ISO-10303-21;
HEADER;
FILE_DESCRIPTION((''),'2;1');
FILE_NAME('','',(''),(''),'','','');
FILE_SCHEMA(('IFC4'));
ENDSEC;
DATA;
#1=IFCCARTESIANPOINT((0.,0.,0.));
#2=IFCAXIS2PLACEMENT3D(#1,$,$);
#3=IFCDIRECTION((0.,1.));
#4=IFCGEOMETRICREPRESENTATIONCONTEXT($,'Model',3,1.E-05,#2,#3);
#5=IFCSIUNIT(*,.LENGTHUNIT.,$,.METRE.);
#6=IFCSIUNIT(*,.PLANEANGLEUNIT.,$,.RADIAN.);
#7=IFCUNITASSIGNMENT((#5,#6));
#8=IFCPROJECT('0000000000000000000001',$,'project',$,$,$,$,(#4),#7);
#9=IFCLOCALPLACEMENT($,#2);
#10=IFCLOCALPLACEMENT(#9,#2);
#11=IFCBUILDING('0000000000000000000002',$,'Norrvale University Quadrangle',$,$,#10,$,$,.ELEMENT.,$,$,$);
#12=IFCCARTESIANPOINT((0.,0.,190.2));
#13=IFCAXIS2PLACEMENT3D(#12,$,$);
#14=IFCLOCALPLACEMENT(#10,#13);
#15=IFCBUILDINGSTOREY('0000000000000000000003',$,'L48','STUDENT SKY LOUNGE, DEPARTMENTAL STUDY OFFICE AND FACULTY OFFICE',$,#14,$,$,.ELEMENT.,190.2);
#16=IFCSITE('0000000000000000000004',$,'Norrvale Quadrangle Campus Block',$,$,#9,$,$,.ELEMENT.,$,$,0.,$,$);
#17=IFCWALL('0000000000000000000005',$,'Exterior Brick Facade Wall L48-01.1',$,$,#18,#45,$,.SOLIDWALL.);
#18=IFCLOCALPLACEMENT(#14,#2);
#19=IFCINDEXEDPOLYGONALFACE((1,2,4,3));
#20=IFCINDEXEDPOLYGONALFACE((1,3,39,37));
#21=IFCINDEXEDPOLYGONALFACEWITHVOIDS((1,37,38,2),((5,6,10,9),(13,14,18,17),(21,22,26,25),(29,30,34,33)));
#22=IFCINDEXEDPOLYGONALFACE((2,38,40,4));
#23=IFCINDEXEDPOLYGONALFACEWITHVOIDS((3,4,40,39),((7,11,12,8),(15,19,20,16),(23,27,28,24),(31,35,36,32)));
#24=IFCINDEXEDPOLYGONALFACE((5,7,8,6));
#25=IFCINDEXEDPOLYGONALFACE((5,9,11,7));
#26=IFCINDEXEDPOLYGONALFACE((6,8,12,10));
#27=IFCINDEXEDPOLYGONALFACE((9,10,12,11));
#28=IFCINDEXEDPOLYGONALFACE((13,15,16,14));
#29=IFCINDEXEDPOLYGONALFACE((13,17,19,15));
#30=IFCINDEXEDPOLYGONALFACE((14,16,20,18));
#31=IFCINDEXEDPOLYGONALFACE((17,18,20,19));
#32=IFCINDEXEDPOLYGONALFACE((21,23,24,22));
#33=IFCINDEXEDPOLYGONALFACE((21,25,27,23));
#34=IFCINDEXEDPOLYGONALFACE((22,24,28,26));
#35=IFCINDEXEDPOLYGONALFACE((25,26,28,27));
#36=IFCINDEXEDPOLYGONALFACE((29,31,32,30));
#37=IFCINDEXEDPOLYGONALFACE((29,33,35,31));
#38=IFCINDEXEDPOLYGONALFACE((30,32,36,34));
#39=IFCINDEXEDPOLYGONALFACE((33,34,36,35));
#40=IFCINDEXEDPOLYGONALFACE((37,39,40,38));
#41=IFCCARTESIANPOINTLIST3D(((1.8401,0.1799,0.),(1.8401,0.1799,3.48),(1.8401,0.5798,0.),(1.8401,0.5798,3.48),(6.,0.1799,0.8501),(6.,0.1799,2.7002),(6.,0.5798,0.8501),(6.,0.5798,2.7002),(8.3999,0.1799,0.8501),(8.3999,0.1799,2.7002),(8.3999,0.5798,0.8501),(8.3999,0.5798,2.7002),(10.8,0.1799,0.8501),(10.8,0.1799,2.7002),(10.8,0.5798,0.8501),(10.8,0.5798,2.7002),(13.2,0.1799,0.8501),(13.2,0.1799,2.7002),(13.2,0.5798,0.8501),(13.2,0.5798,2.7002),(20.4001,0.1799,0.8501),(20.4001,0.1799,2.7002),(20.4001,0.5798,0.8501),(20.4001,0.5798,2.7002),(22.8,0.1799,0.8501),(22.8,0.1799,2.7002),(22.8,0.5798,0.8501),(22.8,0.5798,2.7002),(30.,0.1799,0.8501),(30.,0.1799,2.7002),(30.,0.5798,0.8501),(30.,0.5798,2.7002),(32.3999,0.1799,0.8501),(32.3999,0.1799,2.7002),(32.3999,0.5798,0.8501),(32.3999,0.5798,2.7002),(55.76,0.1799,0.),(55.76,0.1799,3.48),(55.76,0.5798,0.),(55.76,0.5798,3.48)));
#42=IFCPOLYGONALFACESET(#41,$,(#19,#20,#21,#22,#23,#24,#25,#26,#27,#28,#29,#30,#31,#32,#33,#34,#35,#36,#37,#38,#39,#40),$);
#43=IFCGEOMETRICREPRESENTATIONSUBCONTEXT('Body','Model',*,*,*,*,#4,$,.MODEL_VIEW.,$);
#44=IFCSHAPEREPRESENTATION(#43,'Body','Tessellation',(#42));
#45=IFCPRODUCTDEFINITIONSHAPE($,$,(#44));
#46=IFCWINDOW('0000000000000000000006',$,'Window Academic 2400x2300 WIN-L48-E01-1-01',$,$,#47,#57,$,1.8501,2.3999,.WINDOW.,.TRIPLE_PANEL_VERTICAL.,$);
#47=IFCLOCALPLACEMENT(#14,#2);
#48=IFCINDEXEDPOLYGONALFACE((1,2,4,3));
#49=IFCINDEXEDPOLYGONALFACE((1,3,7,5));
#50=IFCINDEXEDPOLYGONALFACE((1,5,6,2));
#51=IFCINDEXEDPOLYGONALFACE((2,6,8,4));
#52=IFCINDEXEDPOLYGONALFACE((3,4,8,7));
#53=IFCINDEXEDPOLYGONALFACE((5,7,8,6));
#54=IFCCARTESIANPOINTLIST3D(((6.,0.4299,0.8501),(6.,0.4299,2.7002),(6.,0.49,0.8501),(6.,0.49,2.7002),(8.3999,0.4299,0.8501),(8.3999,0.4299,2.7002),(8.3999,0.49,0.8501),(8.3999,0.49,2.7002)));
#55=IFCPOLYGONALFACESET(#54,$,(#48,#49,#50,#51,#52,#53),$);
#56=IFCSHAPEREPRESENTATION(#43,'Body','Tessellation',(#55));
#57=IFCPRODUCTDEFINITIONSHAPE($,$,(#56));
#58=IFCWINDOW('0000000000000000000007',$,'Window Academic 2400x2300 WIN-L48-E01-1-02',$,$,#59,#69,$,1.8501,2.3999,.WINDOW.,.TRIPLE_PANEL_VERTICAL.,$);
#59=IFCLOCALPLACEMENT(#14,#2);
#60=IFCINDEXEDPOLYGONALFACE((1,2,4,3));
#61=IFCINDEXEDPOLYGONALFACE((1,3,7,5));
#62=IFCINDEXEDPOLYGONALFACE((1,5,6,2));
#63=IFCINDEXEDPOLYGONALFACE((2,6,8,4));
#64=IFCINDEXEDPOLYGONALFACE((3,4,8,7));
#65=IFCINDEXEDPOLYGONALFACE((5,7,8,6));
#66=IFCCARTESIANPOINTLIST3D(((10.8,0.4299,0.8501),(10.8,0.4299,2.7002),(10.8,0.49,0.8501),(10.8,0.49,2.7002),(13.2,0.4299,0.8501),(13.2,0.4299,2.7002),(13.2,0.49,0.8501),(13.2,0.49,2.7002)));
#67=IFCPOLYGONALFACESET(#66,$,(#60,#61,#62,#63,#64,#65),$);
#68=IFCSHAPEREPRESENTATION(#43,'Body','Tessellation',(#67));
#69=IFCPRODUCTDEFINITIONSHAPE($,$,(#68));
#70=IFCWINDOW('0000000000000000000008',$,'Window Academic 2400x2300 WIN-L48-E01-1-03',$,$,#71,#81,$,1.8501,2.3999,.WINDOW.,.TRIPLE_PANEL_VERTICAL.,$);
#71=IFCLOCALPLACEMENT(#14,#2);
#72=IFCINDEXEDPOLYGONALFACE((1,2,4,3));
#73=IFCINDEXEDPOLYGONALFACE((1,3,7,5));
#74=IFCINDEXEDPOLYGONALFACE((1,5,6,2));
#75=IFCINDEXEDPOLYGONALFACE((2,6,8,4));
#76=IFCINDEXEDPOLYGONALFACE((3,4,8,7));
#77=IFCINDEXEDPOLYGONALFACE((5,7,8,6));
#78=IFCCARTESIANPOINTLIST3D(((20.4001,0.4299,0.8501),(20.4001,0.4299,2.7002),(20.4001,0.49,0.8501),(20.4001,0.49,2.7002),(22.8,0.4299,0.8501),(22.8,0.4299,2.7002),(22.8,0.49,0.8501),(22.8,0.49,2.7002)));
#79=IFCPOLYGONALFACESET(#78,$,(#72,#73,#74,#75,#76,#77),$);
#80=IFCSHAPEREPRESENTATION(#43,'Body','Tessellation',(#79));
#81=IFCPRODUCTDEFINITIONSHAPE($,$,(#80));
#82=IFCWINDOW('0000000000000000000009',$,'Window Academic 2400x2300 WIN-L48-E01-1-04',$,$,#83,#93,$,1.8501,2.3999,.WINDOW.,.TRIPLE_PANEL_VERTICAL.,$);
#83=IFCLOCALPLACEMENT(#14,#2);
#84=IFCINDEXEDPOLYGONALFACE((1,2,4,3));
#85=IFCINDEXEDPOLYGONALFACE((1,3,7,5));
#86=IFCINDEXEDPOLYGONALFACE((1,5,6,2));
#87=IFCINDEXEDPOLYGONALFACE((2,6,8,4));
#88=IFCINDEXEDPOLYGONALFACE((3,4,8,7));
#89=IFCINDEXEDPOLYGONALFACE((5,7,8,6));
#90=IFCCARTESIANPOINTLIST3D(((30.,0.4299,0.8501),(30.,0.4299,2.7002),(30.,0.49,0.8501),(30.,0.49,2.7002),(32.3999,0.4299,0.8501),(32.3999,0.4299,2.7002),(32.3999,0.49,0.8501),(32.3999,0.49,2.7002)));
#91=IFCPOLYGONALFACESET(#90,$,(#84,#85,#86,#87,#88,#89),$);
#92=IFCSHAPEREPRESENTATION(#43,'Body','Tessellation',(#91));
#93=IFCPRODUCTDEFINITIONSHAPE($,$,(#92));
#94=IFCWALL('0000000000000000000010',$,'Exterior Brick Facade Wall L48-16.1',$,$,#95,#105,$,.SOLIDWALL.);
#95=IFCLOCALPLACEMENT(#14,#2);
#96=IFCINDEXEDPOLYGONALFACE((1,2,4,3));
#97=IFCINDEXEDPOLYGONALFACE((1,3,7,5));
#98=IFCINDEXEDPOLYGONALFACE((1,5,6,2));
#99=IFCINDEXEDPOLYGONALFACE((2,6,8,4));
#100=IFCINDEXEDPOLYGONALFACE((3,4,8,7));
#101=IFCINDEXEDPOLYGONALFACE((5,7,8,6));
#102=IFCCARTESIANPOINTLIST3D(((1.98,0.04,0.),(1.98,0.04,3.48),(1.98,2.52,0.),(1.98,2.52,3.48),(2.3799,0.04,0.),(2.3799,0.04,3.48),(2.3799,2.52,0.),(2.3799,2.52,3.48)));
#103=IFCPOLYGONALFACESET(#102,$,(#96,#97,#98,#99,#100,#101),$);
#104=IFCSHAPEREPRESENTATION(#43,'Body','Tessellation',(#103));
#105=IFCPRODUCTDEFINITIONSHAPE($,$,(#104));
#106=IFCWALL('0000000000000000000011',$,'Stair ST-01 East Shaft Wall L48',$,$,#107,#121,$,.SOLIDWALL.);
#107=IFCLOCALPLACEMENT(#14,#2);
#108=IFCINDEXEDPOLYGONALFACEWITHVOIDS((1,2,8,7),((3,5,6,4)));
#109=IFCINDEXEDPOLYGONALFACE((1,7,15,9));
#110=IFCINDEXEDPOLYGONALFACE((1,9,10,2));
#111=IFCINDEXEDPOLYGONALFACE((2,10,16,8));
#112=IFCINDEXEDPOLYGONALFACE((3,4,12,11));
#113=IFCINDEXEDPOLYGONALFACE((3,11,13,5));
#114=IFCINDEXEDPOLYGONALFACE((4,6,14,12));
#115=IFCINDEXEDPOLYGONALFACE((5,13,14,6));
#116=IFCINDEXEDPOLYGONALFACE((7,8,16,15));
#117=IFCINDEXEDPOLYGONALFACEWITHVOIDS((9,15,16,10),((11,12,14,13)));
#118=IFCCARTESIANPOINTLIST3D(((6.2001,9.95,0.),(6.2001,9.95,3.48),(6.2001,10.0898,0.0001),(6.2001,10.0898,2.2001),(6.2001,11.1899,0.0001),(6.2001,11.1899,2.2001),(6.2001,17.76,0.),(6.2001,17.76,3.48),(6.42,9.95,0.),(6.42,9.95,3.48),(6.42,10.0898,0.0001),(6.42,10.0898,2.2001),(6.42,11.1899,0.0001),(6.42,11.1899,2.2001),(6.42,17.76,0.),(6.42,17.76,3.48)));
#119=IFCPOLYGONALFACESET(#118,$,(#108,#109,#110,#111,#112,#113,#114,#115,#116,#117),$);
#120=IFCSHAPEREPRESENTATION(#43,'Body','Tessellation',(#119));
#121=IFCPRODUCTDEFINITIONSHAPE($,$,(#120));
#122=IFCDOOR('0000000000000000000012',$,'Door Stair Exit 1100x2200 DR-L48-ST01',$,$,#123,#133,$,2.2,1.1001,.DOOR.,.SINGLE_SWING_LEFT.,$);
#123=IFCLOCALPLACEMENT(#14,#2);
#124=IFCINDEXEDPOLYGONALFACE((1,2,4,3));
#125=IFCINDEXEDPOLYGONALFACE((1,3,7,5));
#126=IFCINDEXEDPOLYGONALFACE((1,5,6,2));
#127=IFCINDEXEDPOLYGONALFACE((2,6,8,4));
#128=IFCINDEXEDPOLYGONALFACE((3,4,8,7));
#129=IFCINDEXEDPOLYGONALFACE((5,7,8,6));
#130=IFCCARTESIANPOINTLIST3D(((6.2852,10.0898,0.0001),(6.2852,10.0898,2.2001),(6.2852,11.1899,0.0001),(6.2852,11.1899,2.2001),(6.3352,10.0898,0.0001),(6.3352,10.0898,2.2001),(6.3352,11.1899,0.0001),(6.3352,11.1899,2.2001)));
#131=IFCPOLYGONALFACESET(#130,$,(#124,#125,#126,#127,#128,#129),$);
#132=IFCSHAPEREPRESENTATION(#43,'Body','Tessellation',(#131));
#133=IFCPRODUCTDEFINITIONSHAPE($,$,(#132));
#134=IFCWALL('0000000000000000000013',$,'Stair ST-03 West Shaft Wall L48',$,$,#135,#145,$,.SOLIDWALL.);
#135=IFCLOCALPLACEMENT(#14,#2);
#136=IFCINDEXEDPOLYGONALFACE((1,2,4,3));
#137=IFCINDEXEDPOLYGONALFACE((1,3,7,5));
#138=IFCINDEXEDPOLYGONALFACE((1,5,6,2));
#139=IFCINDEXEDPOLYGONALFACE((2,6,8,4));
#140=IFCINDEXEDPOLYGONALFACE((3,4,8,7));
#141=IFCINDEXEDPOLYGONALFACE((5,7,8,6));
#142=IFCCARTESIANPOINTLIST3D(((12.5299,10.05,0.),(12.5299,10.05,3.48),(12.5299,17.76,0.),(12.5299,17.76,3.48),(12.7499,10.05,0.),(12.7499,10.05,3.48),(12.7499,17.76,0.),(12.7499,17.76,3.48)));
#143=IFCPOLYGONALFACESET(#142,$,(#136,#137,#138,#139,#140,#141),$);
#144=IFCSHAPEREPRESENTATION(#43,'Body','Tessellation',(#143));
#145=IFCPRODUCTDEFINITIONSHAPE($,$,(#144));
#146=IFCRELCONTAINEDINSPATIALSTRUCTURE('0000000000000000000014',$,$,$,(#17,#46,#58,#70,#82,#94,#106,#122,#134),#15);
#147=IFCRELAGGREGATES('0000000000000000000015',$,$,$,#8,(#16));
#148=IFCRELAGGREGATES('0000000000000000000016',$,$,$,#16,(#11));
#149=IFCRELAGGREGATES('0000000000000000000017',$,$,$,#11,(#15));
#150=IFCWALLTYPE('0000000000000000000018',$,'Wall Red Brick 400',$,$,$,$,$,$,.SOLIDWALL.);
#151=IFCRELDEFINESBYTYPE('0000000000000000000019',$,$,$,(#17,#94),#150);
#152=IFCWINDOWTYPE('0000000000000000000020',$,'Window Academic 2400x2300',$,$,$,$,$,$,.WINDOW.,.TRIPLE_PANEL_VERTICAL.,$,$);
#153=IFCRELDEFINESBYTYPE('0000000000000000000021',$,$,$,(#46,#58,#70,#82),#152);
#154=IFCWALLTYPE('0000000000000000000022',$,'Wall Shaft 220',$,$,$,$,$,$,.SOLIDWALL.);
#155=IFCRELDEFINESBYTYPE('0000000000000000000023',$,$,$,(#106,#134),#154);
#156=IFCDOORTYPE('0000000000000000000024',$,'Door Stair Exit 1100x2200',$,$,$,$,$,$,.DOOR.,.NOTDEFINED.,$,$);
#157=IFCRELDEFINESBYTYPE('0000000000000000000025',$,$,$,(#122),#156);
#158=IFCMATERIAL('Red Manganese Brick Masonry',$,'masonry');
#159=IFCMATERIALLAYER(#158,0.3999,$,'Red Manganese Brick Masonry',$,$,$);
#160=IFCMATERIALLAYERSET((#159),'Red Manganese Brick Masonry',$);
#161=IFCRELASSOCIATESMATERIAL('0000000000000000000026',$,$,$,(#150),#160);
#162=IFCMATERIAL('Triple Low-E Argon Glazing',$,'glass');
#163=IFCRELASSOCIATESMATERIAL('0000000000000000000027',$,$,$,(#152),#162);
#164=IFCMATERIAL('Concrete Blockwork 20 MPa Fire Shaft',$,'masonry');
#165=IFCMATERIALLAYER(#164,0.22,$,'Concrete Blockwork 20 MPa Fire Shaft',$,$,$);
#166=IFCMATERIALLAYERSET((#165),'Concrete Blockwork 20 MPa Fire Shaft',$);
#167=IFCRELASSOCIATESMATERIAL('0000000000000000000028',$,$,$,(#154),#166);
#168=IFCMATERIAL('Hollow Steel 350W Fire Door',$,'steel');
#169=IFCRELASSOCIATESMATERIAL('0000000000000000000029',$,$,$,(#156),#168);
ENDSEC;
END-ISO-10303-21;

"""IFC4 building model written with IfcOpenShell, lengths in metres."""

from ifc_helpers import new_model, si_unit, direction, frame, frame_2d, origin, place, context, subcontext, project, spatial, rectangle, extrude, material, layer, layer_set, type_object, element, fill, save


model = new_model("IFC4")

# Units and contexts
model_context = context("Model", 3, precision=1e-05, world=origin(), true_north=direction((0.0, 1.0)))
body_context = subcontext(model_context, "Body", "Model", "MODEL_VIEW")
ifc_project = project(units=[si_unit("LENGTHUNIT", "METRE"), si_unit("PLANEANGLEUNIT", "RADIAN")], contexts=[model_context])

# Site, building, storey
site_placement = place(None, origin())
site = spatial("IfcSite", under=ifc_project, at=site_placement, Name="Norrvale Quadrangle Campus Block", CompositionType="ELEMENT", RefElevation=0.0)
building_placement = place(site_placement, origin())
building = spatial("IfcBuilding", under=site, at=building_placement, Name="Norrvale University Quadrangle", CompositionType="ELEMENT")
storey_placement = place(building_placement, frame((0.0, 0.0, 190.2)))
storey = spatial("IfcBuildingStorey", under=building, at=storey_placement, Name="L48", Description="STUDENT SKY LOUNGE, DEPARTMENTAL STUDY OFFICE AND FACULTY OFFICE", CompositionType="ELEMENT", Elevation=190.2)

# Wall, openings, windows
ifc_material_1 = material(Name="Red Manganese Brick Masonry", Category="masonry")
ifc_layer_1 = layer(ifc_material_1, 0.3999, Name="Red Manganese Brick Masonry")
ifc_layer_set_1 = layer_set([ifc_layer_1], Name="Red Manganese Brick Masonry")
wall_type_1 = type_object("IfcWallType", Name="Wall Red Brick 400", PredefinedType="SOLIDWALL", material=ifc_layer_set_1)
wall_1_placement = place(storey_placement, frame((1.8401, 0.3799, 0.0), z_axis=(0.0, 0.0, 1.0), x_axis=(1.0, 0.0, 0.0)))
wall_1 = element("IfcWall", 1, at=wall_1_placement, inside=storey, type_object=wall_type_1, Name="Exterior Brick Facade Wall L48-01.1", PredefinedType="SOLIDWALL", context=body_context, shape_type="SweptSolid", body=[
    extrude(rectangle(XDim=53.9199, YDim=0.3999, at=frame_2d((26.96, 0.0))), origin(), (0.0, 0.0, 1.0), 3.48),
])
opening_1_placement = place(wall_1_placement, frame((4.1599, 0.0, 0.8501)))
opening_1 = element("IfcOpeningElement", 2, at=opening_1_placement, cuts=wall_1, PredefinedType="OPENING", context=body_context, shape_type="SweptSolid", body=[
    extrude(rectangle(XDim=2.3999, YDim=1.8501, at=frame_2d((1.2, 0.925))), frame((0.0, 0.2119, 0.0), z_axis=(0.0, -1.0, 0.0), x_axis=(1.0, 0.0, 0.0)), (0.0, 0.0, 1.0), 0.4238),
])
opening_2_placement = place(wall_1_placement, frame((8.96, 0.0, 0.8501)))
opening_2 = element("IfcOpeningElement", 3, at=opening_2_placement, cuts=wall_1, PredefinedType="OPENING", context=body_context, shape_type="SweptSolid", body=[
    extrude(rectangle(XDim=2.3999, YDim=1.8501, at=frame_2d((1.2, 0.925))), frame((0.0, 0.2119, 0.0), z_axis=(0.0, -1.0, 0.0), x_axis=(1.0, 0.0, 0.0)), (0.0, 0.0, 1.0), 0.4238),
])
opening_3_placement = place(wall_1_placement, frame((18.5601, 0.0, 0.8501)))
opening_3 = element("IfcOpeningElement", 4, at=opening_3_placement, cuts=wall_1, PredefinedType="OPENING", context=body_context, shape_type="SweptSolid", body=[
    extrude(rectangle(XDim=2.3999, YDim=1.8501, at=frame_2d((1.2, 0.925))), frame((0.0, 0.2119, 0.0), z_axis=(0.0, -1.0, 0.0), x_axis=(1.0, 0.0, 0.0)), (0.0, 0.0, 1.0), 0.4238),
])
opening_4_placement = place(wall_1_placement, frame((28.1599, 0.0, 0.8501)))
opening_4 = element("IfcOpeningElement", 5, at=opening_4_placement, cuts=wall_1, PredefinedType="OPENING", context=body_context, shape_type="SweptSolid", body=[
    extrude(rectangle(XDim=2.3999, YDim=1.8501, at=frame_2d((1.2, 0.925))), frame((0.0, 0.2119, 0.0), z_axis=(0.0, -1.0, 0.0), x_axis=(1.0, 0.0, 0.0)), (0.0, 0.0, 1.0), 0.4238),
])
ifc_material_2 = material(Name="Triple Low-E Argon Glazing", Category="glass")
window_type = type_object("IfcWindowType", Name="Window Academic 2400x2300", PartitioningType="TRIPLE_PANEL_VERTICAL", PredefinedType="WINDOW", material=ifc_material_2)
window_1_placement = place(opening_1_placement, origin())
window_1 = element("IfcWindow", 6, at=window_1_placement, inside=storey, type_object=window_type, Name="Window Academic 2400x2300 WIN-L48-E01-1-01", OverallHeight=1.8501, OverallWidth=2.3999, PartitioningType="TRIPLE_PANEL_VERTICAL", PredefinedType="WINDOW", context=body_context, shape_type="SweptSolid", body=[
    extrude(rectangle(XDim=2.3999, YDim=1.8501, at=frame_2d((1.2, 0.925))), frame((0.0, 0.1101, 0.0), z_axis=(0.0, -1.0, 0.0), x_axis=(1.0, 0.0, 0.0)), (0.0, 0.0, 1.0), 0.0601),
])
fill(opening_1, window_1)
window_2_placement = place(opening_2_placement, origin())
window_2 = element("IfcWindow", 7, at=window_2_placement, inside=storey, type_object=window_type, Name="Window Academic 2400x2300 WIN-L48-E01-1-02", OverallHeight=1.8501, OverallWidth=2.3999, PartitioningType="TRIPLE_PANEL_VERTICAL", PredefinedType="WINDOW", context=body_context, shape_type="SweptSolid", body=[
    extrude(rectangle(XDim=2.3999, YDim=1.8501, at=frame_2d((1.2, 0.925))), frame((0.0, 0.1101, 0.0), z_axis=(0.0, -1.0, 0.0), x_axis=(1.0, 0.0, 0.0)), (0.0, 0.0, 1.0), 0.0601),
])
fill(opening_2, window_2)
window_3_placement = place(opening_3_placement, origin())
window_3 = element("IfcWindow", 8, at=window_3_placement, inside=storey, type_object=window_type, Name="Window Academic 2400x2300 WIN-L48-E01-1-03", OverallHeight=1.8501, OverallWidth=2.3999, PartitioningType="TRIPLE_PANEL_VERTICAL", PredefinedType="WINDOW", context=body_context, shape_type="SweptSolid", body=[
    extrude(rectangle(XDim=2.3999, YDim=1.8501, at=frame_2d((1.2, 0.925))), frame((0.0, 0.1101, 0.0), z_axis=(0.0, -1.0, 0.0), x_axis=(1.0, 0.0, 0.0)), (0.0, 0.0, 1.0), 0.0601),
])
fill(opening_3, window_3)
window_4_placement = place(opening_4_placement, origin())
window_4 = element("IfcWindow", 9, at=window_4_placement, inside=storey, type_object=window_type, Name="Window Academic 2400x2300 WIN-L48-E01-1-04", OverallHeight=1.8501, OverallWidth=2.3999, PartitioningType="TRIPLE_PANEL_VERTICAL", PredefinedType="WINDOW", context=body_context, shape_type="SweptSolid", body=[
    extrude(rectangle(XDim=2.3999, YDim=1.8501, at=frame_2d((1.2, 0.925))), frame((0.0, 0.1101, 0.0), z_axis=(0.0, -1.0, 0.0), x_axis=(1.0, 0.0, 0.0)), (0.0, 0.0, 1.0), 0.0601),
])
fill(opening_4, window_4)

# Wall
wall_2_placement = place(storey_placement, frame((2.1799, 2.52, 0.0), z_axis=(0.0, 0.0, 1.0), x_axis=(0.0, -1.0, 0.0)))
element("IfcWall", 10, at=wall_2_placement, inside=storey, type_object=wall_type_1, Name="Exterior Brick Facade Wall L48-16.1", PredefinedType="SOLIDWALL", context=body_context, shape_type="SweptSolid", body=[
    extrude(rectangle(XDim=2.48, YDim=0.3999, at=frame_2d((1.24, 0.0))), origin(), (0.0, 0.0, 1.0), 3.48),
])

# Wall, opening, door
ifc_material_3 = material(Name="Concrete Blockwork 20 MPa Fire Shaft", Category="masonry")
ifc_layer_2 = layer(ifc_material_3, 0.22, Name="Concrete Blockwork 20 MPa Fire Shaft")
ifc_layer_set_2 = layer_set([ifc_layer_2], Name="Concrete Blockwork 20 MPa Fire Shaft")
wall_type_2 = type_object("IfcWallType", Name="Wall Shaft 220", PredefinedType="SOLIDWALL", material=ifc_layer_set_2)
wall_3_placement = place(storey_placement, frame((6.3101, 9.95, 0.0), z_axis=(0.0, 0.0, 1.0), x_axis=(0.0, 1.0, 0.0)))
wall_3 = element("IfcWall", 11, at=wall_3_placement, inside=storey, type_object=wall_type_2, Name="Stair ST-01 East Shaft Wall L48", PredefinedType="SOLIDWALL", context=body_context, shape_type="SweptSolid", body=[
    extrude(rectangle(XDim=7.8101, YDim=0.22, at=frame_2d((3.905, 0.0))), origin(), (0.0, 0.0, 1.0), 3.48),
])
opening_5_placement = place(wall_3_placement, frame((0.1399, 0.0, 0.0)))
opening_5 = element("IfcOpeningElement", 12, at=opening_5_placement, cuts=wall_3, PredefinedType="OPENING", context=body_context, shape_type="SweptSolid", body=[
    extrude(rectangle(XDim=1.1001, YDim=2.2, at=frame_2d((0.55, 1.1001))), frame((0.0, 0.1221, 0.0), z_axis=(0.0, -1.0, 0.0), x_axis=(1.0, 0.0, 0.0)), (0.0, 0.0, 1.0), 0.2439),
])
ifc_material_4 = material(Name="Hollow Steel 350W Fire Door", Category="steel")
door_type = type_object("IfcDoorType", Name="Door Stair Exit 1100x2200", OperationType="NOTDEFINED", PredefinedType="DOOR", material=ifc_material_4)
door_placement = place(opening_5_placement, origin())
door = element("IfcDoor", 13, at=door_placement, inside=storey, type_object=door_type, Name="Door Stair Exit 1100x2200 DR-L48-ST01", OperationType="SINGLE_SWING_LEFT", OverallHeight=2.2, OverallWidth=1.1001, PredefinedType="DOOR", context=body_context, shape_type="SweptSolid", body=[
    extrude(rectangle(XDim=1.1001, YDim=2.2, at=frame_2d((0.55, 1.1001))), frame((0.0, 0.0249, 0.0), z_axis=(0.0, -1.0, 0.0), x_axis=(1.0, 0.0, 0.0)), (0.0, 0.0, 1.0), 0.05),
])
fill(opening_5, door)

# Wall
wall_4_placement = place(storey_placement, frame((12.6399, 10.05, 0.0), z_axis=(0.0, 0.0, 1.0), x_axis=(0.0, 1.0, 0.0)))
element("IfcWall", 14, at=wall_4_placement, inside=storey, type_object=wall_type_2, Name="Stair ST-03 West Shaft Wall L48", PredefinedType="SOLIDWALL", context=body_context, shape_type="SweptSolid", body=[
    extrude(rectangle(XDim=7.71, YDim=0.22, at=frame_2d((3.855, 0.0))), origin(), (0.0, 0.0, 1.0), 3.48),
])

save(model, "model.ifc")
